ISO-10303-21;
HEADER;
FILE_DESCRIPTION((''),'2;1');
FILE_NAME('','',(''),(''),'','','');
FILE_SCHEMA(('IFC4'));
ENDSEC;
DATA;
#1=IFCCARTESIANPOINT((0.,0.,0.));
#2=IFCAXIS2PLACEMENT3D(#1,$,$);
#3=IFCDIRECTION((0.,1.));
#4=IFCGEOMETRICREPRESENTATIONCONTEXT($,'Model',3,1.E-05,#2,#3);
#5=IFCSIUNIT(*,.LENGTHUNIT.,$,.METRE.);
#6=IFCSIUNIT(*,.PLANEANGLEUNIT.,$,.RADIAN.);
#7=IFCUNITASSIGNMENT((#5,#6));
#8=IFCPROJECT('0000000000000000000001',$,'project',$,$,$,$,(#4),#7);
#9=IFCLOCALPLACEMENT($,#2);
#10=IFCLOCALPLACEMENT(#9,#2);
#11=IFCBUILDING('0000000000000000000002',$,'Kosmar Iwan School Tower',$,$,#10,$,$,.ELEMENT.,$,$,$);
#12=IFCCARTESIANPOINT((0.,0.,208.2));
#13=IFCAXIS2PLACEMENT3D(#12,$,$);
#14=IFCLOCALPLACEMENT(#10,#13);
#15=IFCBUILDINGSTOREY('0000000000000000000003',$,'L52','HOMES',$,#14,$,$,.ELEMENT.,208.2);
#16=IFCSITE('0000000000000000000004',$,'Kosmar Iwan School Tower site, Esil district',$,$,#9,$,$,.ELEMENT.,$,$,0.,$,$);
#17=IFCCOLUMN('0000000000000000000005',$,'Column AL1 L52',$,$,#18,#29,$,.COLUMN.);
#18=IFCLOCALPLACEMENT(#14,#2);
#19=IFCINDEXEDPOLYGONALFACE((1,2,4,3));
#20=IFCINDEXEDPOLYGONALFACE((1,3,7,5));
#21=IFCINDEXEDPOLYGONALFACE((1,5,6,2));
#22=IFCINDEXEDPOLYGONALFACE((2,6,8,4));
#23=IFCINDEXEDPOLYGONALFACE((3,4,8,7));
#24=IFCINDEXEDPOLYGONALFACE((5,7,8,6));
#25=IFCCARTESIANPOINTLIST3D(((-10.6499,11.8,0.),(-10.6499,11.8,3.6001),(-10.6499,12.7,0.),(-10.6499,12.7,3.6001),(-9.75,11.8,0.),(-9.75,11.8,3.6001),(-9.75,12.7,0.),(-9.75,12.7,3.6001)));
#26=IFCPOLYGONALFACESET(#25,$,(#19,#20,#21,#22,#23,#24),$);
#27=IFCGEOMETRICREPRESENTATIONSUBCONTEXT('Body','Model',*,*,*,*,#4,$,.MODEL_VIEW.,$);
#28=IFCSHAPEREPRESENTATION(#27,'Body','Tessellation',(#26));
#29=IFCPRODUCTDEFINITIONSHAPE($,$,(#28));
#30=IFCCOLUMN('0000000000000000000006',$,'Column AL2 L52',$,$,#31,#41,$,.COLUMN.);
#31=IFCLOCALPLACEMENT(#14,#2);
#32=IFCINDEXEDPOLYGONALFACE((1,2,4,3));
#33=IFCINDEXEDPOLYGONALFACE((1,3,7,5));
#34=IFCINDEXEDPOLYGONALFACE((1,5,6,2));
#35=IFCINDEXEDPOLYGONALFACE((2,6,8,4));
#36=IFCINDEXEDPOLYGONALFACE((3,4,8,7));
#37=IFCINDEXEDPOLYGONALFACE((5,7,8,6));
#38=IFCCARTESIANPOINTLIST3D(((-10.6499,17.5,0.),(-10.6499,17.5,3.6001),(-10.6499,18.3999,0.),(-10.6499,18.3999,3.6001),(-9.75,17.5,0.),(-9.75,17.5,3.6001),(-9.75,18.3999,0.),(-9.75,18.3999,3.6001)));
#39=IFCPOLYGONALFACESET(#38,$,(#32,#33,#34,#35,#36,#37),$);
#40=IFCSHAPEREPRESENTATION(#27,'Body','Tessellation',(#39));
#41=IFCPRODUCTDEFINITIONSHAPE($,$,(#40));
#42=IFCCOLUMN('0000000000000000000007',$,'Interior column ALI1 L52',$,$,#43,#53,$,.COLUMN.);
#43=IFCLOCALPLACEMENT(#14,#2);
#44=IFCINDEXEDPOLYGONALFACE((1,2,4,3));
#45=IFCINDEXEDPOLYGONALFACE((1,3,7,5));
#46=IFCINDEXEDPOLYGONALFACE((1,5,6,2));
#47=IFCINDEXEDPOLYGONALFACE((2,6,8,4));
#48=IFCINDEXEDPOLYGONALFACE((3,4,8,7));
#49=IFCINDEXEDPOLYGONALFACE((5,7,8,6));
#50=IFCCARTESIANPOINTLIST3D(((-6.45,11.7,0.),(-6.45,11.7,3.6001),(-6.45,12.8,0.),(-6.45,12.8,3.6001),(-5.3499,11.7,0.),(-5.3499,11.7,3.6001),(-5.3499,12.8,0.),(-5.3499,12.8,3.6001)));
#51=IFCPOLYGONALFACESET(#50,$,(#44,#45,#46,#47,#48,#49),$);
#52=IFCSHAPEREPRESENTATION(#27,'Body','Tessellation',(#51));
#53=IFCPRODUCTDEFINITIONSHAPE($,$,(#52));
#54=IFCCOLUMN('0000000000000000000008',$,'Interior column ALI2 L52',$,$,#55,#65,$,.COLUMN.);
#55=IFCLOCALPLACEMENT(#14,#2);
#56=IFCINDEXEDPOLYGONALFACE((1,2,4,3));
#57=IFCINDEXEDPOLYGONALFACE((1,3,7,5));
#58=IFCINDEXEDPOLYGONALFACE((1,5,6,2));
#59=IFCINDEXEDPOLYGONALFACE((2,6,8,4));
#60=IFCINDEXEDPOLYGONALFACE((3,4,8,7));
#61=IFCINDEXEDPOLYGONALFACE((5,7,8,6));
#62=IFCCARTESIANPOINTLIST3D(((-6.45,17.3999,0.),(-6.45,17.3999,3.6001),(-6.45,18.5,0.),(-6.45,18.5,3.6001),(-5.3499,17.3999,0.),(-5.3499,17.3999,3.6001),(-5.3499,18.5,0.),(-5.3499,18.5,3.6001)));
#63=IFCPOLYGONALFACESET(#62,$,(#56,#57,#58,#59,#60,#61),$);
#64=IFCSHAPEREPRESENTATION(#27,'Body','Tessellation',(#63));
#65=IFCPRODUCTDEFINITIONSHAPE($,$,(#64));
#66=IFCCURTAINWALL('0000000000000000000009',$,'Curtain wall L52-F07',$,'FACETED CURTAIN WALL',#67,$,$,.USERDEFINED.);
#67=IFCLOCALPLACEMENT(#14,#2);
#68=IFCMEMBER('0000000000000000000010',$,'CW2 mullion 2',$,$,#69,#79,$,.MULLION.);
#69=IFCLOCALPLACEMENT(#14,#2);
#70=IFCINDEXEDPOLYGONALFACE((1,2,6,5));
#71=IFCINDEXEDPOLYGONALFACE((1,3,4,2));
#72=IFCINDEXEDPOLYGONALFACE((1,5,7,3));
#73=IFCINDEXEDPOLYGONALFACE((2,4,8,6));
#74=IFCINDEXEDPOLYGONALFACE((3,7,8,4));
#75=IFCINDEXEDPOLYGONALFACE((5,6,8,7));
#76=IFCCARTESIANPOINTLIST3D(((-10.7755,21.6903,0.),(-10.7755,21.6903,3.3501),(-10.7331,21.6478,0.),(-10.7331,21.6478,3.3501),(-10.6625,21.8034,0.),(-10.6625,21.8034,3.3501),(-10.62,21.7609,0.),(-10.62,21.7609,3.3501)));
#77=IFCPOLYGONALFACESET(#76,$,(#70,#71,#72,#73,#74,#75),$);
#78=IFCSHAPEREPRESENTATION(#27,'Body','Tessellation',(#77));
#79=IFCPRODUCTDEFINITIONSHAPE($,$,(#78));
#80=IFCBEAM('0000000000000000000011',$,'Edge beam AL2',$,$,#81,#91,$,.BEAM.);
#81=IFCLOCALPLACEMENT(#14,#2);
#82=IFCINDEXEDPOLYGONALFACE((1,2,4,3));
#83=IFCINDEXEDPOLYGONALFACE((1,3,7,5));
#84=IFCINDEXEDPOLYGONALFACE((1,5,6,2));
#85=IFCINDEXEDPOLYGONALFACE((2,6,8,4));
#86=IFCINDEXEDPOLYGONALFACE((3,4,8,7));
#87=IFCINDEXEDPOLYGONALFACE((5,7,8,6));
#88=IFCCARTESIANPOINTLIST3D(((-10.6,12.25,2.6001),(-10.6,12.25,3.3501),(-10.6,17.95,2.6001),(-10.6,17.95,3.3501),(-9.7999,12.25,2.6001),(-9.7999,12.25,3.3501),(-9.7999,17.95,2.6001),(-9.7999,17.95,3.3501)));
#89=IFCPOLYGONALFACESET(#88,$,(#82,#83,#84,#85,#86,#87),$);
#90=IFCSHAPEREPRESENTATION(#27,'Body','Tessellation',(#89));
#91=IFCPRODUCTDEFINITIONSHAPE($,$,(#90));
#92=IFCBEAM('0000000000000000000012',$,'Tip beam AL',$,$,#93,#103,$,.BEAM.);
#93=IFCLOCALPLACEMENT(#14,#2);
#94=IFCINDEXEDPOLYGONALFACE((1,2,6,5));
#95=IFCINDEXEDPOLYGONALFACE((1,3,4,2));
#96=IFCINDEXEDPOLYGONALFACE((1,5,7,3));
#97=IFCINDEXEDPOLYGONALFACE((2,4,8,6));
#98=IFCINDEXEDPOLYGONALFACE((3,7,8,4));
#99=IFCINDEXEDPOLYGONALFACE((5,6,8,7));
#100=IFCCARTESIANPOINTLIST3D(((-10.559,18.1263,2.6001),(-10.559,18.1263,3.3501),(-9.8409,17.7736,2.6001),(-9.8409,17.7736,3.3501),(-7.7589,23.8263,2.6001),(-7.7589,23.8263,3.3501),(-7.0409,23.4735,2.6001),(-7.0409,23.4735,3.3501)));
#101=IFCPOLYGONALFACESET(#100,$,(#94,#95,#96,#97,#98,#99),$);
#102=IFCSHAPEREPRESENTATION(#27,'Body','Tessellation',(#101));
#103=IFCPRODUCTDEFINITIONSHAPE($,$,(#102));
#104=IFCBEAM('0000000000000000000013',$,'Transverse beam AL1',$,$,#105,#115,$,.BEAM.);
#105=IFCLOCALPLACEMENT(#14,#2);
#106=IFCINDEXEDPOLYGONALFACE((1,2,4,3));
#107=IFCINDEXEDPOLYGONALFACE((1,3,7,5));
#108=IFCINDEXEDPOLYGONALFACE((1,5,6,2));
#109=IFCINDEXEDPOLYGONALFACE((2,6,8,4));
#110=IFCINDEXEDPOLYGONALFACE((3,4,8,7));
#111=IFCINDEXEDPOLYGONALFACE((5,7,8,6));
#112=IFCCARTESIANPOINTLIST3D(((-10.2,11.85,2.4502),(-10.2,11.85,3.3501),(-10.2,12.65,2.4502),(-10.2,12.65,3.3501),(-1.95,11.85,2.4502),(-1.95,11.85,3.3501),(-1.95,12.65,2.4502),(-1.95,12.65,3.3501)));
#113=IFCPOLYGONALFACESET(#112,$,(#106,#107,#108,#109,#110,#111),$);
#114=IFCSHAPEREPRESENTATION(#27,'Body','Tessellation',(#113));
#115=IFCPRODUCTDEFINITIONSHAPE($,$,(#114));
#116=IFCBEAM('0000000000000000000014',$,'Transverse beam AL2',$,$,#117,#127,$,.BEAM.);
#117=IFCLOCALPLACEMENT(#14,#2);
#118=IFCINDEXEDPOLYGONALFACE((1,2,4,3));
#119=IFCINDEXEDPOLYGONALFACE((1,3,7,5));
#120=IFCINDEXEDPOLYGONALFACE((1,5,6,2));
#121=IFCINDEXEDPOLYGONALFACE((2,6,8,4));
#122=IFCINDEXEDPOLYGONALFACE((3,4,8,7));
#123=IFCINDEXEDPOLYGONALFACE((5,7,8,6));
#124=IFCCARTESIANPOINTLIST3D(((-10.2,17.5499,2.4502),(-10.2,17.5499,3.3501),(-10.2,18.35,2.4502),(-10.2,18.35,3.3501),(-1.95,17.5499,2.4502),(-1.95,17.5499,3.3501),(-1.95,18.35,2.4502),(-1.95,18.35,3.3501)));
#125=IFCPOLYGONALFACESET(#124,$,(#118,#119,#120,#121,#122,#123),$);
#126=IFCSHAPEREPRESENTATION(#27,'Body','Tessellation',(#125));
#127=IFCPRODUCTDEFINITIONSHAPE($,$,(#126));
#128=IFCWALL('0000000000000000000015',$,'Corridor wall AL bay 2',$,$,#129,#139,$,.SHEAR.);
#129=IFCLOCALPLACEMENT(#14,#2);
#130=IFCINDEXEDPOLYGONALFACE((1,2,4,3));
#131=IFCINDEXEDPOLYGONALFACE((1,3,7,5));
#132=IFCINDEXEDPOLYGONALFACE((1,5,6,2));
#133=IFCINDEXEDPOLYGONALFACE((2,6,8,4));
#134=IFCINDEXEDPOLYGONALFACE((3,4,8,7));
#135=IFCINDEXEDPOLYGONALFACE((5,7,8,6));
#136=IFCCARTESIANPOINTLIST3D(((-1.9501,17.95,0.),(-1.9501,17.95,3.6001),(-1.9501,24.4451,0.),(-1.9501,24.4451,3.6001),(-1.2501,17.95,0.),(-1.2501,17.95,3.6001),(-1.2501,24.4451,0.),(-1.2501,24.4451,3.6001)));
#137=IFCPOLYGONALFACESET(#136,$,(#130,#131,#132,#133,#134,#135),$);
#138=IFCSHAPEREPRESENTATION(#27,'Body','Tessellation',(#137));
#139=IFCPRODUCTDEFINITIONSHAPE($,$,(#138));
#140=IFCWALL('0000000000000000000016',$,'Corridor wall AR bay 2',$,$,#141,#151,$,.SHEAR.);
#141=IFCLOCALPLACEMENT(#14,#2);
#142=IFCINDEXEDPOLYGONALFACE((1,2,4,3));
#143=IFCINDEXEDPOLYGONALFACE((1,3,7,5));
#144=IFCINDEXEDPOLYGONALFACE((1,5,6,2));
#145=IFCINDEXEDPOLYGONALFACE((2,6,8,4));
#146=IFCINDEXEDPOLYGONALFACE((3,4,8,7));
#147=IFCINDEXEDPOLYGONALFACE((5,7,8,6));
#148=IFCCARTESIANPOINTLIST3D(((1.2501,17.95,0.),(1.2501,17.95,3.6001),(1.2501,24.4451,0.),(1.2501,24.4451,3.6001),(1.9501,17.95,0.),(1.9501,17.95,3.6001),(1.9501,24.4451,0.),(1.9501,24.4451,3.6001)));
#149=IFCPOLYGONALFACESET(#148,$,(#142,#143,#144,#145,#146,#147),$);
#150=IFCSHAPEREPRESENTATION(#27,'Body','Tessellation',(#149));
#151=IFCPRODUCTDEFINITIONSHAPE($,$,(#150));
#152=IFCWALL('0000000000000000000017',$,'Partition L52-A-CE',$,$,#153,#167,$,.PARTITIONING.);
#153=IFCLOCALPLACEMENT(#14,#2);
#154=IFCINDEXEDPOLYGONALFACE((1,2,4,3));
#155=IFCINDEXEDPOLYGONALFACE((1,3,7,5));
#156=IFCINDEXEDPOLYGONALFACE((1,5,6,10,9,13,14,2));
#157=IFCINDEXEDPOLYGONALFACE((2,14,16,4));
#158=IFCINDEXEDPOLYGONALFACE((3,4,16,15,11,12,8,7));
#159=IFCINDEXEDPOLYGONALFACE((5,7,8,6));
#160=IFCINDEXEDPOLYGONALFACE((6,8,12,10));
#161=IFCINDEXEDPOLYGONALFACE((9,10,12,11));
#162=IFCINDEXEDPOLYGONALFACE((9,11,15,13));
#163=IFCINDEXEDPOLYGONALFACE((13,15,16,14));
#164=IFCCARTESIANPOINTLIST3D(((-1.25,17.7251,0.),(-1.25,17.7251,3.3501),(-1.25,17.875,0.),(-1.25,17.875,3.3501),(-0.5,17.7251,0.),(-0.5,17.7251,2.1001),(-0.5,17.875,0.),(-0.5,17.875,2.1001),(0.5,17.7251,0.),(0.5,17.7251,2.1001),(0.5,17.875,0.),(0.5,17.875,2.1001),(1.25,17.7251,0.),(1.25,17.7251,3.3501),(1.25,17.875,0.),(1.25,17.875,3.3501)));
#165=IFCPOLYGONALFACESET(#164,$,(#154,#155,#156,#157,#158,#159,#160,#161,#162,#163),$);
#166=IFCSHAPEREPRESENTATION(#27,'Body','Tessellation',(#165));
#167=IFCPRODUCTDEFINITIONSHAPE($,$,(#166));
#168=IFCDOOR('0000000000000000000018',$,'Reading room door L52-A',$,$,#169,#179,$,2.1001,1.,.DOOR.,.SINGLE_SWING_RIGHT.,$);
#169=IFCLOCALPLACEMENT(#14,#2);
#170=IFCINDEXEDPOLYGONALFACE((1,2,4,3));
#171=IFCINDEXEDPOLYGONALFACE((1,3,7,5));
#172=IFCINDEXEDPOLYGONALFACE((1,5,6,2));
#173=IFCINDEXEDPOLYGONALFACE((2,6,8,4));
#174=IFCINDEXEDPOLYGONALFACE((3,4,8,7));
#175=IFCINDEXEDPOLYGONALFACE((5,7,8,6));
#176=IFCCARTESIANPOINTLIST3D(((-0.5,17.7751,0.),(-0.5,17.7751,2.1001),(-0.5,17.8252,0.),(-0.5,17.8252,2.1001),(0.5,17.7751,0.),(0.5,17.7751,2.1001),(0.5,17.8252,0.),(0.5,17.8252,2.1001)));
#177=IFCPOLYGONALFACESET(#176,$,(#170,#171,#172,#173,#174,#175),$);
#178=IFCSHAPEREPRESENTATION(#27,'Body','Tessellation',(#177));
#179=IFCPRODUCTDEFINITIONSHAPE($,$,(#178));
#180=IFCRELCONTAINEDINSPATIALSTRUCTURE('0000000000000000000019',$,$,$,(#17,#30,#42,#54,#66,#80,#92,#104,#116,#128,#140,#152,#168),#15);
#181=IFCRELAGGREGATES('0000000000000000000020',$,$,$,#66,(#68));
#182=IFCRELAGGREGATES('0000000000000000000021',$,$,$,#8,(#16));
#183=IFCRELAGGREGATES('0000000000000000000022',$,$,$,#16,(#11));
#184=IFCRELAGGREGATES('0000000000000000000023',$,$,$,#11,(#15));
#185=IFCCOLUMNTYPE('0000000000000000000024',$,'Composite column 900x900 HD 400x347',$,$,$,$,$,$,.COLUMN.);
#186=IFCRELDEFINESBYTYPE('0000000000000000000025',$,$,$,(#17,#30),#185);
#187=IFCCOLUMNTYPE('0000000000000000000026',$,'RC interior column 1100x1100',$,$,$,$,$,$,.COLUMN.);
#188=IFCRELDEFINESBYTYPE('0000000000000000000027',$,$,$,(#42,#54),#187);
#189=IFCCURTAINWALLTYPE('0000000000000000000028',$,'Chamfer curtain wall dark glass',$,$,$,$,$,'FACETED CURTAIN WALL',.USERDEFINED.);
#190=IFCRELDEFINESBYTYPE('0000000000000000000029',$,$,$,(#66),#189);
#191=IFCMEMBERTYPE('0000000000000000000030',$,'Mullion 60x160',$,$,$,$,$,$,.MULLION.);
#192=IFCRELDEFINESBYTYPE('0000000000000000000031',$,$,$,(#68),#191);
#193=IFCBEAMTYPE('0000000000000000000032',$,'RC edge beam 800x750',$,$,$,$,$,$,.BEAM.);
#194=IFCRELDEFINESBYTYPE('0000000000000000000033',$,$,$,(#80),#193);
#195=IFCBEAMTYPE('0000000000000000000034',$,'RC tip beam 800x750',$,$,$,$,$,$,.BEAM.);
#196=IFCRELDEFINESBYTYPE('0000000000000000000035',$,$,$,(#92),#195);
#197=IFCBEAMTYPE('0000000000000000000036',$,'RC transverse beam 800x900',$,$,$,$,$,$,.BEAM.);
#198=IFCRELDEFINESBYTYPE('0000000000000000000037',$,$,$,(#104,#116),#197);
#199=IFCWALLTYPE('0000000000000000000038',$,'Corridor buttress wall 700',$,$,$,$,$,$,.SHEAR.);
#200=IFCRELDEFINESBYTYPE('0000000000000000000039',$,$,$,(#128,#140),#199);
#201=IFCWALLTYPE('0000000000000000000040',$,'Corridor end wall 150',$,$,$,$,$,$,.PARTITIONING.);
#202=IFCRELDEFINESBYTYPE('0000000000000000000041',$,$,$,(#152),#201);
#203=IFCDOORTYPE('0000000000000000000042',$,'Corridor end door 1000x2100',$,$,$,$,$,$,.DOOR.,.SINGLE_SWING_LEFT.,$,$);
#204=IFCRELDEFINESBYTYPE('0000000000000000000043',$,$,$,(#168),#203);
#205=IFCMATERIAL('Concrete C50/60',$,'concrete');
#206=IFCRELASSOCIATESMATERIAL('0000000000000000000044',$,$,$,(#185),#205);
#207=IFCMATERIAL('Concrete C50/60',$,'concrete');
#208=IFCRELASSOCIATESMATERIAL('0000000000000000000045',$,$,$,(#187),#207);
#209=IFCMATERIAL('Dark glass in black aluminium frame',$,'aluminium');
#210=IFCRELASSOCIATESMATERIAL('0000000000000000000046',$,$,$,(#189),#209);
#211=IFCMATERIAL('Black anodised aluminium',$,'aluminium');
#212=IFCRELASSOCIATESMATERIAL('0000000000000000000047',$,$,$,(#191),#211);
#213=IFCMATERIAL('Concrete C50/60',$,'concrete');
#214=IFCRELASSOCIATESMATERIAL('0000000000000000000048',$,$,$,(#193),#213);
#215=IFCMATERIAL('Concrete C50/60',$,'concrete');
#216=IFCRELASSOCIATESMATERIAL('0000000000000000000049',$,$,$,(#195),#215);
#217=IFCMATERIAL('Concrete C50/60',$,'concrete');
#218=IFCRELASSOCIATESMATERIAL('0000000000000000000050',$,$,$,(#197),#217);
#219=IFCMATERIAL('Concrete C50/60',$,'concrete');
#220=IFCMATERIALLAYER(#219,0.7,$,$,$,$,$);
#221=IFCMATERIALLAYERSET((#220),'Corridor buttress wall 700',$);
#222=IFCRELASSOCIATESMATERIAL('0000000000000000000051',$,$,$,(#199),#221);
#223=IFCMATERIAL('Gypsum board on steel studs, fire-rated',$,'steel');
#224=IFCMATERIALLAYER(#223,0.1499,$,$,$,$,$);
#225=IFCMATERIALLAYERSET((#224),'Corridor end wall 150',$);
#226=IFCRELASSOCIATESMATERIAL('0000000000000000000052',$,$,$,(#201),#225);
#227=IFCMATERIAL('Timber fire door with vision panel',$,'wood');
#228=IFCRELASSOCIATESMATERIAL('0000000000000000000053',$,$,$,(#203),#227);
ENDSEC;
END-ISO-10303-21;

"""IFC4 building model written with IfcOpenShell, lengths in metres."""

from ifc_helpers import new_model, si_unit, direction, frame, frame_2d, origin, origin_2d, place, context, subcontext, project, spatial, rectangle, extrude, material, layer, layer_set, material_profile, profile_set, type_object, element, fill, aggregate, save


model = new_model("IFC4")

# Units and contexts
model_context = context("Model", 3, precision=1e-05, world=origin(), true_north=direction((0.0, 1.0)))
body_context = subcontext(model_context, "Body", "Model", "MODEL_VIEW")
ifc_project = project(units=[si_unit("LENGTHUNIT", "METRE"), si_unit("PLANEANGLEUNIT", "RADIAN")], contexts=[model_context])

# Site, building, storey
site_placement = place(None, origin())
site = spatial("IfcSite", under=ifc_project, at=site_placement, Name="Kosmar Iwan School Tower site, Esil district", CompositionType="ELEMENT", RefElevation=0.0)
building_placement = place(site_placement, origin())
building = spatial("IfcBuilding", under=site, at=building_placement, Name="Kosmar Iwan School Tower", CompositionType="ELEMENT")
storey_placement = place(building_placement, frame((0.0, 0.0, 208.2)))
storey = spatial("IfcBuildingStorey", under=building, at=storey_placement, Name="L52", Description="HOMES", CompositionType="ELEMENT", Elevation=208.2)

# Columns
ifc_material_1 = material(Name="Concrete C50/60", Category="concrete")
ifc_material_profile_1 = material_profile(ifc_material_1, rectangle(XDim=0.8999, YDim=0.8999, at=origin_2d()), Name="RC 900x900 + HD 400x347")
ifc_profile_set_1 = profile_set([ifc_material_profile_1], Name="Concrete C50/60")
column_type_1 = type_object("IfcColumnType", Name="Composite column 900x900 HD 400x347", PredefinedType="COLUMN", material=ifc_profile_set_1)
for number, where, z_axis, x_axis, name in (
    (1, (-10.2, 12.25, 0.0), (0.0, 0.0, 1.0), (0.0, 1.0, 0.0), "Column AL1 L52"),
    (2, (-10.2, 17.95, 0.0), (0.0, 0.0, 1.0), (0.0, 1.0, 0.0), "Column AL2 L52"),
):
    element("IfcColumn", number, at=place(storey_placement, frame(where, z_axis=z_axis, x_axis=x_axis)), inside=storey, type_object=column_type_1, Name=name, PredefinedType="COLUMN", context=body_context, shape_type="SweptSolid", body=[
        extrude(rectangle(XDim=0.8999, YDim=0.8999, at=origin_2d()), origin(), (0.0, 0.0, 1.0), 3.6001),
    ])
ifc_material_2 = material(Name="Concrete C50/60", Category="concrete")
ifc_material_profile_2 = material_profile(ifc_material_2, rectangle(XDim=1.1001, YDim=1.1001, at=origin_2d()), Name="RC 1100x1100")
ifc_profile_set_2 = profile_set([ifc_material_profile_2], Name="Concrete C50/60")
column_type_2 = type_object("IfcColumnType", Name="RC interior column 1100x1100", PredefinedType="COLUMN", material=ifc_profile_set_2)
for number, where, z_axis, x_axis, name in (
    (3, (-5.8999, 12.25, 0.0), (0.0, 0.0, 1.0), (0.0, 1.0, 0.0), "Interior column ALI1 L52"),
    (4, (-5.8999, 17.95, 0.0), (0.0, 0.0, 1.0), (0.0, 1.0, 0.0), "Interior column ALI2 L52"),
):
    element("IfcColumn", number, at=place(storey_placement, frame(where, z_axis=z_axis, x_axis=x_axis)), inside=storey, type_object=column_type_2, Name=name, PredefinedType="COLUMN", context=body_context, shape_type="SweptSolid", body=[
        extrude(rectangle(XDim=1.1001, YDim=1.1001, at=origin_2d()), origin(), (0.0, 0.0, 1.0), 3.6001),
    ])

# Curtain wall, member
ifc_material_3 = material(Name="Dark glass in black aluminium frame", Category="aluminium")
curtain_wall_type = type_object("IfcCurtainWallType", Name="Chamfer curtain wall dark glass", ElementType="FACETED CURTAIN WALL", PredefinedType="USERDEFINED", material=ifc_material_3)
curtain_wall_placement = place(storey_placement, origin())
curtain_wall = element("IfcCurtainWall", 5, at=curtain_wall_placement, inside=storey, type_object=curtain_wall_type, Name="Curtain wall L52-F07", ObjectType="FACETED CURTAIN WALL", PredefinedType="USERDEFINED")
ifc_material_4 = material(Name="Black anodised aluminium", Category="aluminium")
ifc_material_profile_3 = material_profile(ifc_material_4, rectangle(XDim=0.0601, YDim=0.1599, at=origin_2d()), Name="MULLION 60x160")
ifc_profile_set_3 = profile_set([ifc_material_profile_3], Name="Black anodised aluminium")
member_type = type_object("IfcMemberType", Name="Mullion 60x160", PredefinedType="MULLION", material=ifc_profile_set_3)
member_placement = place(storey_placement, frame((-10.6978, 21.7256, 0.0), z_axis=(0.0, 0.0, 1.0), x_axis=(0.707107, -0.707107, 0.0)))
member = element("IfcMember", 6, at=member_placement, type_object=member_type, Name="CW2 mullion 2", PredefinedType="MULLION", context=body_context, shape_type="SweptSolid", body=[
    extrude(rectangle(XDim=0.0601, YDim=0.1599, at=origin_2d()), origin(), (0.0, 0.0, 1.0), 3.3501),
])
aggregate(curtain_wall, [member])

# Beams
ifc_material_5 = material(Name="Concrete C50/60", Category="concrete")
ifc_material_profile_4 = material_profile(ifc_material_5, rectangle(XDim=0.8, YDim=0.75, at=origin_2d()), Name="RC 800x750")
ifc_profile_set_4 = profile_set([ifc_material_profile_4], Name="Concrete C50/60")
beam_type_1 = type_object("IfcBeamType", Name="RC edge beam 800x750", PredefinedType="BEAM", material=ifc_profile_set_4)
beam_1_placement = place(storey_placement, frame((-10.2, 12.25, 2.9751), z_axis=(0.0, 1.0, 0.0), x_axis=(-1.0, 0.0, 0.0)))
element("IfcBeam", 7, at=beam_1_placement, inside=storey, type_object=beam_type_1, Name="Edge beam AL2", PredefinedType="BEAM", context=body_context, shape_type="SweptSolid", body=[
    extrude(rectangle(XDim=0.8, YDim=0.75, at=origin_2d()), origin(), (0.0, 0.0, 1.0), 5.7),
])
ifc_material_6 = material(Name="Concrete C50/60", Category="concrete")
ifc_material_profile_5 = material_profile(ifc_material_6, rectangle(XDim=0.8, YDim=0.75, at=origin_2d()), Name="RC 800x750")
ifc_profile_set_5 = profile_set([ifc_material_profile_5], Name="Concrete C50/60")
beam_type_2 = type_object("IfcBeamType", Name="RC tip beam 800x750", PredefinedType="BEAM", material=ifc_profile_set_5)
beam_2_placement = place(storey_placement, frame((-10.2, 17.95, 2.9751), z_axis=(0.440913, 0.89755, 0.0), x_axis=(-0.89755, 0.440913, 0.0)))
element("IfcBeam", 8, at=beam_2_placement, inside=storey, type_object=beam_type_2, Name="Tip beam AL", PredefinedType="BEAM", context=body_context, shape_type="SweptSolid", body=[
    extrude(rectangle(XDim=0.8, YDim=0.75, at=origin_2d()), origin(), (0.0, 0.0, 1.0), 6.3506),
])
ifc_material_7 = material(Name="Concrete C50/60", Category="concrete")
ifc_material_profile_6 = material_profile(ifc_material_7, rectangle(XDim=0.8, YDim=0.8999, at=origin_2d()), Name="RC 800x900")
ifc_profile_set_6 = profile_set([ifc_material_profile_6], Name="Concrete C50/60")
beam_type_3 = type_object("IfcBeamType", Name="RC transverse beam 800x900", PredefinedType="BEAM", material=ifc_profile_set_6)
for number, where, z_axis, x_axis, name in (
    (9, (-10.2, 12.25, 2.9001), (1.0, 0.0, 0.0), (0.0, 1.0, 0.0), "Transverse beam AL1"),
    (10, (-10.2, 17.95, 2.9001), (1.0, 0.0, 0.0), (0.0, 1.0, 0.0), "Transverse beam AL2"),
):
    element("IfcBeam", number, at=place(storey_placement, frame(where, z_axis=z_axis, x_axis=x_axis)), inside=storey, type_object=beam_type_3, Name=name, PredefinedType="BEAM", context=body_context, shape_type="SweptSolid", body=[
        extrude(rectangle(XDim=0.8, YDim=0.8999, at=origin_2d()), origin(), (0.0, 0.0, 1.0), 8.25),
    ])

# Walls
ifc_material_8 = material(Name="Concrete C50/60", Category="concrete")
ifc_layer_1 = layer(ifc_material_8, 0.7)
ifc_layer_set_1 = layer_set([ifc_layer_1], Name="Corridor buttress wall 700")
wall_type_1 = type_object("IfcWallType", Name="Corridor buttress wall 700", PredefinedType="SHEAR", material=ifc_layer_set_1)
for number, where, z_axis, x_axis, name in (
    (11, (-1.6001, 17.95, 0.0), (0.0, 0.0, 1.0), (0.0, 1.0, 0.0), "Corridor wall AL bay 2"),
    (12, (1.6001, 17.95, 0.0), (0.0, 0.0, 1.0), (0.0, 1.0, 0.0), "Corridor wall AR bay 2"),
):
    element("IfcWall", number, at=place(storey_placement, frame(where, z_axis=z_axis, x_axis=x_axis)), inside=storey, type_object=wall_type_1, Name=name, PredefinedType="SHEAR", context=body_context, shape_type="SweptSolid", body=[
        extrude(rectangle(XDim=6.4951, YDim=0.7, at=frame_2d((3.2476, 0.0))), origin(), (0.0, 0.0, 1.0), 3.6001),
    ])

# Wall, opening, door
ifc_material_9 = material(Name="Gypsum board on steel studs, fire-rated", Category="steel")
ifc_layer_2 = layer(ifc_material_9, 0.1499)
ifc_layer_set_2 = layer_set([ifc_layer_2], Name="Corridor end wall 150")
wall_type_2 = type_object("IfcWallType", Name="Corridor end wall 150", PredefinedType="PARTITIONING", material=ifc_layer_set_2)
wall_1_placement = place(storey_placement, frame((1.25, 17.8, 0.0), z_axis=(0.0, 0.0, 1.0), x_axis=(-1.0, 0.0, 0.0)))
wall_1 = element("IfcWall", 13, at=wall_1_placement, inside=storey, type_object=wall_type_2, Name="Partition L52-A-CE", PredefinedType="PARTITIONING", context=body_context, shape_type="SweptSolid", body=[
    extrude(rectangle(XDim=2.5, YDim=0.1499, at=frame_2d((1.25, 0.0))), origin(), (0.0, 0.0, 1.0), 3.3501),
])
opening_1_placement = place(wall_1_placement, frame((0.75, 0.0, 0.0)))
opening_1 = element("IfcOpeningElement", 14, at=opening_1_placement, cuts=wall_1, PredefinedType="OPENING", context=body_context, shape_type="SweptSolid", body=[
    extrude(rectangle(XDim=1.0, YDim=2.1001, at=frame_2d((0.5, 1.05))), frame((0.0, 0.0869, 0.0), z_axis=(0.0, -1.0, 0.0), x_axis=(1.0, 0.0, 0.0)), (0.0, 0.0, 1.0), 0.1738),
])
ifc_material_10 = material(Name="Timber fire door with vision panel", Category="wood")
door_type_1 = type_object("IfcDoorType", Name="Corridor end door 1000x2100", OperationType="SINGLE_SWING_LEFT", PredefinedType="DOOR", material=ifc_material_10)
door_1_placement = place(opening_1_placement, origin())
door_1 = element("IfcDoor", 15, at=door_1_placement, inside=storey, type_object=door_type_1, Name="Reading room door L52-A", OperationType="SINGLE_SWING_RIGHT", OverallHeight=2.1001, OverallWidth=1.0, PredefinedType="DOOR", context=body_context, shape_type="SweptSolid", body=[
    extrude(rectangle(XDim=1.0, YDim=2.1001, at=frame_2d((0.5, 1.05))), frame((0.0, 0.0249, 0.0), z_axis=(0.0, -1.0, 0.0), x_axis=(1.0, 0.0, 0.0)), (0.0, 0.0, 1.0), 0.05),
])
fill(opening_1, door_1)

save(model, "model.ifc")
